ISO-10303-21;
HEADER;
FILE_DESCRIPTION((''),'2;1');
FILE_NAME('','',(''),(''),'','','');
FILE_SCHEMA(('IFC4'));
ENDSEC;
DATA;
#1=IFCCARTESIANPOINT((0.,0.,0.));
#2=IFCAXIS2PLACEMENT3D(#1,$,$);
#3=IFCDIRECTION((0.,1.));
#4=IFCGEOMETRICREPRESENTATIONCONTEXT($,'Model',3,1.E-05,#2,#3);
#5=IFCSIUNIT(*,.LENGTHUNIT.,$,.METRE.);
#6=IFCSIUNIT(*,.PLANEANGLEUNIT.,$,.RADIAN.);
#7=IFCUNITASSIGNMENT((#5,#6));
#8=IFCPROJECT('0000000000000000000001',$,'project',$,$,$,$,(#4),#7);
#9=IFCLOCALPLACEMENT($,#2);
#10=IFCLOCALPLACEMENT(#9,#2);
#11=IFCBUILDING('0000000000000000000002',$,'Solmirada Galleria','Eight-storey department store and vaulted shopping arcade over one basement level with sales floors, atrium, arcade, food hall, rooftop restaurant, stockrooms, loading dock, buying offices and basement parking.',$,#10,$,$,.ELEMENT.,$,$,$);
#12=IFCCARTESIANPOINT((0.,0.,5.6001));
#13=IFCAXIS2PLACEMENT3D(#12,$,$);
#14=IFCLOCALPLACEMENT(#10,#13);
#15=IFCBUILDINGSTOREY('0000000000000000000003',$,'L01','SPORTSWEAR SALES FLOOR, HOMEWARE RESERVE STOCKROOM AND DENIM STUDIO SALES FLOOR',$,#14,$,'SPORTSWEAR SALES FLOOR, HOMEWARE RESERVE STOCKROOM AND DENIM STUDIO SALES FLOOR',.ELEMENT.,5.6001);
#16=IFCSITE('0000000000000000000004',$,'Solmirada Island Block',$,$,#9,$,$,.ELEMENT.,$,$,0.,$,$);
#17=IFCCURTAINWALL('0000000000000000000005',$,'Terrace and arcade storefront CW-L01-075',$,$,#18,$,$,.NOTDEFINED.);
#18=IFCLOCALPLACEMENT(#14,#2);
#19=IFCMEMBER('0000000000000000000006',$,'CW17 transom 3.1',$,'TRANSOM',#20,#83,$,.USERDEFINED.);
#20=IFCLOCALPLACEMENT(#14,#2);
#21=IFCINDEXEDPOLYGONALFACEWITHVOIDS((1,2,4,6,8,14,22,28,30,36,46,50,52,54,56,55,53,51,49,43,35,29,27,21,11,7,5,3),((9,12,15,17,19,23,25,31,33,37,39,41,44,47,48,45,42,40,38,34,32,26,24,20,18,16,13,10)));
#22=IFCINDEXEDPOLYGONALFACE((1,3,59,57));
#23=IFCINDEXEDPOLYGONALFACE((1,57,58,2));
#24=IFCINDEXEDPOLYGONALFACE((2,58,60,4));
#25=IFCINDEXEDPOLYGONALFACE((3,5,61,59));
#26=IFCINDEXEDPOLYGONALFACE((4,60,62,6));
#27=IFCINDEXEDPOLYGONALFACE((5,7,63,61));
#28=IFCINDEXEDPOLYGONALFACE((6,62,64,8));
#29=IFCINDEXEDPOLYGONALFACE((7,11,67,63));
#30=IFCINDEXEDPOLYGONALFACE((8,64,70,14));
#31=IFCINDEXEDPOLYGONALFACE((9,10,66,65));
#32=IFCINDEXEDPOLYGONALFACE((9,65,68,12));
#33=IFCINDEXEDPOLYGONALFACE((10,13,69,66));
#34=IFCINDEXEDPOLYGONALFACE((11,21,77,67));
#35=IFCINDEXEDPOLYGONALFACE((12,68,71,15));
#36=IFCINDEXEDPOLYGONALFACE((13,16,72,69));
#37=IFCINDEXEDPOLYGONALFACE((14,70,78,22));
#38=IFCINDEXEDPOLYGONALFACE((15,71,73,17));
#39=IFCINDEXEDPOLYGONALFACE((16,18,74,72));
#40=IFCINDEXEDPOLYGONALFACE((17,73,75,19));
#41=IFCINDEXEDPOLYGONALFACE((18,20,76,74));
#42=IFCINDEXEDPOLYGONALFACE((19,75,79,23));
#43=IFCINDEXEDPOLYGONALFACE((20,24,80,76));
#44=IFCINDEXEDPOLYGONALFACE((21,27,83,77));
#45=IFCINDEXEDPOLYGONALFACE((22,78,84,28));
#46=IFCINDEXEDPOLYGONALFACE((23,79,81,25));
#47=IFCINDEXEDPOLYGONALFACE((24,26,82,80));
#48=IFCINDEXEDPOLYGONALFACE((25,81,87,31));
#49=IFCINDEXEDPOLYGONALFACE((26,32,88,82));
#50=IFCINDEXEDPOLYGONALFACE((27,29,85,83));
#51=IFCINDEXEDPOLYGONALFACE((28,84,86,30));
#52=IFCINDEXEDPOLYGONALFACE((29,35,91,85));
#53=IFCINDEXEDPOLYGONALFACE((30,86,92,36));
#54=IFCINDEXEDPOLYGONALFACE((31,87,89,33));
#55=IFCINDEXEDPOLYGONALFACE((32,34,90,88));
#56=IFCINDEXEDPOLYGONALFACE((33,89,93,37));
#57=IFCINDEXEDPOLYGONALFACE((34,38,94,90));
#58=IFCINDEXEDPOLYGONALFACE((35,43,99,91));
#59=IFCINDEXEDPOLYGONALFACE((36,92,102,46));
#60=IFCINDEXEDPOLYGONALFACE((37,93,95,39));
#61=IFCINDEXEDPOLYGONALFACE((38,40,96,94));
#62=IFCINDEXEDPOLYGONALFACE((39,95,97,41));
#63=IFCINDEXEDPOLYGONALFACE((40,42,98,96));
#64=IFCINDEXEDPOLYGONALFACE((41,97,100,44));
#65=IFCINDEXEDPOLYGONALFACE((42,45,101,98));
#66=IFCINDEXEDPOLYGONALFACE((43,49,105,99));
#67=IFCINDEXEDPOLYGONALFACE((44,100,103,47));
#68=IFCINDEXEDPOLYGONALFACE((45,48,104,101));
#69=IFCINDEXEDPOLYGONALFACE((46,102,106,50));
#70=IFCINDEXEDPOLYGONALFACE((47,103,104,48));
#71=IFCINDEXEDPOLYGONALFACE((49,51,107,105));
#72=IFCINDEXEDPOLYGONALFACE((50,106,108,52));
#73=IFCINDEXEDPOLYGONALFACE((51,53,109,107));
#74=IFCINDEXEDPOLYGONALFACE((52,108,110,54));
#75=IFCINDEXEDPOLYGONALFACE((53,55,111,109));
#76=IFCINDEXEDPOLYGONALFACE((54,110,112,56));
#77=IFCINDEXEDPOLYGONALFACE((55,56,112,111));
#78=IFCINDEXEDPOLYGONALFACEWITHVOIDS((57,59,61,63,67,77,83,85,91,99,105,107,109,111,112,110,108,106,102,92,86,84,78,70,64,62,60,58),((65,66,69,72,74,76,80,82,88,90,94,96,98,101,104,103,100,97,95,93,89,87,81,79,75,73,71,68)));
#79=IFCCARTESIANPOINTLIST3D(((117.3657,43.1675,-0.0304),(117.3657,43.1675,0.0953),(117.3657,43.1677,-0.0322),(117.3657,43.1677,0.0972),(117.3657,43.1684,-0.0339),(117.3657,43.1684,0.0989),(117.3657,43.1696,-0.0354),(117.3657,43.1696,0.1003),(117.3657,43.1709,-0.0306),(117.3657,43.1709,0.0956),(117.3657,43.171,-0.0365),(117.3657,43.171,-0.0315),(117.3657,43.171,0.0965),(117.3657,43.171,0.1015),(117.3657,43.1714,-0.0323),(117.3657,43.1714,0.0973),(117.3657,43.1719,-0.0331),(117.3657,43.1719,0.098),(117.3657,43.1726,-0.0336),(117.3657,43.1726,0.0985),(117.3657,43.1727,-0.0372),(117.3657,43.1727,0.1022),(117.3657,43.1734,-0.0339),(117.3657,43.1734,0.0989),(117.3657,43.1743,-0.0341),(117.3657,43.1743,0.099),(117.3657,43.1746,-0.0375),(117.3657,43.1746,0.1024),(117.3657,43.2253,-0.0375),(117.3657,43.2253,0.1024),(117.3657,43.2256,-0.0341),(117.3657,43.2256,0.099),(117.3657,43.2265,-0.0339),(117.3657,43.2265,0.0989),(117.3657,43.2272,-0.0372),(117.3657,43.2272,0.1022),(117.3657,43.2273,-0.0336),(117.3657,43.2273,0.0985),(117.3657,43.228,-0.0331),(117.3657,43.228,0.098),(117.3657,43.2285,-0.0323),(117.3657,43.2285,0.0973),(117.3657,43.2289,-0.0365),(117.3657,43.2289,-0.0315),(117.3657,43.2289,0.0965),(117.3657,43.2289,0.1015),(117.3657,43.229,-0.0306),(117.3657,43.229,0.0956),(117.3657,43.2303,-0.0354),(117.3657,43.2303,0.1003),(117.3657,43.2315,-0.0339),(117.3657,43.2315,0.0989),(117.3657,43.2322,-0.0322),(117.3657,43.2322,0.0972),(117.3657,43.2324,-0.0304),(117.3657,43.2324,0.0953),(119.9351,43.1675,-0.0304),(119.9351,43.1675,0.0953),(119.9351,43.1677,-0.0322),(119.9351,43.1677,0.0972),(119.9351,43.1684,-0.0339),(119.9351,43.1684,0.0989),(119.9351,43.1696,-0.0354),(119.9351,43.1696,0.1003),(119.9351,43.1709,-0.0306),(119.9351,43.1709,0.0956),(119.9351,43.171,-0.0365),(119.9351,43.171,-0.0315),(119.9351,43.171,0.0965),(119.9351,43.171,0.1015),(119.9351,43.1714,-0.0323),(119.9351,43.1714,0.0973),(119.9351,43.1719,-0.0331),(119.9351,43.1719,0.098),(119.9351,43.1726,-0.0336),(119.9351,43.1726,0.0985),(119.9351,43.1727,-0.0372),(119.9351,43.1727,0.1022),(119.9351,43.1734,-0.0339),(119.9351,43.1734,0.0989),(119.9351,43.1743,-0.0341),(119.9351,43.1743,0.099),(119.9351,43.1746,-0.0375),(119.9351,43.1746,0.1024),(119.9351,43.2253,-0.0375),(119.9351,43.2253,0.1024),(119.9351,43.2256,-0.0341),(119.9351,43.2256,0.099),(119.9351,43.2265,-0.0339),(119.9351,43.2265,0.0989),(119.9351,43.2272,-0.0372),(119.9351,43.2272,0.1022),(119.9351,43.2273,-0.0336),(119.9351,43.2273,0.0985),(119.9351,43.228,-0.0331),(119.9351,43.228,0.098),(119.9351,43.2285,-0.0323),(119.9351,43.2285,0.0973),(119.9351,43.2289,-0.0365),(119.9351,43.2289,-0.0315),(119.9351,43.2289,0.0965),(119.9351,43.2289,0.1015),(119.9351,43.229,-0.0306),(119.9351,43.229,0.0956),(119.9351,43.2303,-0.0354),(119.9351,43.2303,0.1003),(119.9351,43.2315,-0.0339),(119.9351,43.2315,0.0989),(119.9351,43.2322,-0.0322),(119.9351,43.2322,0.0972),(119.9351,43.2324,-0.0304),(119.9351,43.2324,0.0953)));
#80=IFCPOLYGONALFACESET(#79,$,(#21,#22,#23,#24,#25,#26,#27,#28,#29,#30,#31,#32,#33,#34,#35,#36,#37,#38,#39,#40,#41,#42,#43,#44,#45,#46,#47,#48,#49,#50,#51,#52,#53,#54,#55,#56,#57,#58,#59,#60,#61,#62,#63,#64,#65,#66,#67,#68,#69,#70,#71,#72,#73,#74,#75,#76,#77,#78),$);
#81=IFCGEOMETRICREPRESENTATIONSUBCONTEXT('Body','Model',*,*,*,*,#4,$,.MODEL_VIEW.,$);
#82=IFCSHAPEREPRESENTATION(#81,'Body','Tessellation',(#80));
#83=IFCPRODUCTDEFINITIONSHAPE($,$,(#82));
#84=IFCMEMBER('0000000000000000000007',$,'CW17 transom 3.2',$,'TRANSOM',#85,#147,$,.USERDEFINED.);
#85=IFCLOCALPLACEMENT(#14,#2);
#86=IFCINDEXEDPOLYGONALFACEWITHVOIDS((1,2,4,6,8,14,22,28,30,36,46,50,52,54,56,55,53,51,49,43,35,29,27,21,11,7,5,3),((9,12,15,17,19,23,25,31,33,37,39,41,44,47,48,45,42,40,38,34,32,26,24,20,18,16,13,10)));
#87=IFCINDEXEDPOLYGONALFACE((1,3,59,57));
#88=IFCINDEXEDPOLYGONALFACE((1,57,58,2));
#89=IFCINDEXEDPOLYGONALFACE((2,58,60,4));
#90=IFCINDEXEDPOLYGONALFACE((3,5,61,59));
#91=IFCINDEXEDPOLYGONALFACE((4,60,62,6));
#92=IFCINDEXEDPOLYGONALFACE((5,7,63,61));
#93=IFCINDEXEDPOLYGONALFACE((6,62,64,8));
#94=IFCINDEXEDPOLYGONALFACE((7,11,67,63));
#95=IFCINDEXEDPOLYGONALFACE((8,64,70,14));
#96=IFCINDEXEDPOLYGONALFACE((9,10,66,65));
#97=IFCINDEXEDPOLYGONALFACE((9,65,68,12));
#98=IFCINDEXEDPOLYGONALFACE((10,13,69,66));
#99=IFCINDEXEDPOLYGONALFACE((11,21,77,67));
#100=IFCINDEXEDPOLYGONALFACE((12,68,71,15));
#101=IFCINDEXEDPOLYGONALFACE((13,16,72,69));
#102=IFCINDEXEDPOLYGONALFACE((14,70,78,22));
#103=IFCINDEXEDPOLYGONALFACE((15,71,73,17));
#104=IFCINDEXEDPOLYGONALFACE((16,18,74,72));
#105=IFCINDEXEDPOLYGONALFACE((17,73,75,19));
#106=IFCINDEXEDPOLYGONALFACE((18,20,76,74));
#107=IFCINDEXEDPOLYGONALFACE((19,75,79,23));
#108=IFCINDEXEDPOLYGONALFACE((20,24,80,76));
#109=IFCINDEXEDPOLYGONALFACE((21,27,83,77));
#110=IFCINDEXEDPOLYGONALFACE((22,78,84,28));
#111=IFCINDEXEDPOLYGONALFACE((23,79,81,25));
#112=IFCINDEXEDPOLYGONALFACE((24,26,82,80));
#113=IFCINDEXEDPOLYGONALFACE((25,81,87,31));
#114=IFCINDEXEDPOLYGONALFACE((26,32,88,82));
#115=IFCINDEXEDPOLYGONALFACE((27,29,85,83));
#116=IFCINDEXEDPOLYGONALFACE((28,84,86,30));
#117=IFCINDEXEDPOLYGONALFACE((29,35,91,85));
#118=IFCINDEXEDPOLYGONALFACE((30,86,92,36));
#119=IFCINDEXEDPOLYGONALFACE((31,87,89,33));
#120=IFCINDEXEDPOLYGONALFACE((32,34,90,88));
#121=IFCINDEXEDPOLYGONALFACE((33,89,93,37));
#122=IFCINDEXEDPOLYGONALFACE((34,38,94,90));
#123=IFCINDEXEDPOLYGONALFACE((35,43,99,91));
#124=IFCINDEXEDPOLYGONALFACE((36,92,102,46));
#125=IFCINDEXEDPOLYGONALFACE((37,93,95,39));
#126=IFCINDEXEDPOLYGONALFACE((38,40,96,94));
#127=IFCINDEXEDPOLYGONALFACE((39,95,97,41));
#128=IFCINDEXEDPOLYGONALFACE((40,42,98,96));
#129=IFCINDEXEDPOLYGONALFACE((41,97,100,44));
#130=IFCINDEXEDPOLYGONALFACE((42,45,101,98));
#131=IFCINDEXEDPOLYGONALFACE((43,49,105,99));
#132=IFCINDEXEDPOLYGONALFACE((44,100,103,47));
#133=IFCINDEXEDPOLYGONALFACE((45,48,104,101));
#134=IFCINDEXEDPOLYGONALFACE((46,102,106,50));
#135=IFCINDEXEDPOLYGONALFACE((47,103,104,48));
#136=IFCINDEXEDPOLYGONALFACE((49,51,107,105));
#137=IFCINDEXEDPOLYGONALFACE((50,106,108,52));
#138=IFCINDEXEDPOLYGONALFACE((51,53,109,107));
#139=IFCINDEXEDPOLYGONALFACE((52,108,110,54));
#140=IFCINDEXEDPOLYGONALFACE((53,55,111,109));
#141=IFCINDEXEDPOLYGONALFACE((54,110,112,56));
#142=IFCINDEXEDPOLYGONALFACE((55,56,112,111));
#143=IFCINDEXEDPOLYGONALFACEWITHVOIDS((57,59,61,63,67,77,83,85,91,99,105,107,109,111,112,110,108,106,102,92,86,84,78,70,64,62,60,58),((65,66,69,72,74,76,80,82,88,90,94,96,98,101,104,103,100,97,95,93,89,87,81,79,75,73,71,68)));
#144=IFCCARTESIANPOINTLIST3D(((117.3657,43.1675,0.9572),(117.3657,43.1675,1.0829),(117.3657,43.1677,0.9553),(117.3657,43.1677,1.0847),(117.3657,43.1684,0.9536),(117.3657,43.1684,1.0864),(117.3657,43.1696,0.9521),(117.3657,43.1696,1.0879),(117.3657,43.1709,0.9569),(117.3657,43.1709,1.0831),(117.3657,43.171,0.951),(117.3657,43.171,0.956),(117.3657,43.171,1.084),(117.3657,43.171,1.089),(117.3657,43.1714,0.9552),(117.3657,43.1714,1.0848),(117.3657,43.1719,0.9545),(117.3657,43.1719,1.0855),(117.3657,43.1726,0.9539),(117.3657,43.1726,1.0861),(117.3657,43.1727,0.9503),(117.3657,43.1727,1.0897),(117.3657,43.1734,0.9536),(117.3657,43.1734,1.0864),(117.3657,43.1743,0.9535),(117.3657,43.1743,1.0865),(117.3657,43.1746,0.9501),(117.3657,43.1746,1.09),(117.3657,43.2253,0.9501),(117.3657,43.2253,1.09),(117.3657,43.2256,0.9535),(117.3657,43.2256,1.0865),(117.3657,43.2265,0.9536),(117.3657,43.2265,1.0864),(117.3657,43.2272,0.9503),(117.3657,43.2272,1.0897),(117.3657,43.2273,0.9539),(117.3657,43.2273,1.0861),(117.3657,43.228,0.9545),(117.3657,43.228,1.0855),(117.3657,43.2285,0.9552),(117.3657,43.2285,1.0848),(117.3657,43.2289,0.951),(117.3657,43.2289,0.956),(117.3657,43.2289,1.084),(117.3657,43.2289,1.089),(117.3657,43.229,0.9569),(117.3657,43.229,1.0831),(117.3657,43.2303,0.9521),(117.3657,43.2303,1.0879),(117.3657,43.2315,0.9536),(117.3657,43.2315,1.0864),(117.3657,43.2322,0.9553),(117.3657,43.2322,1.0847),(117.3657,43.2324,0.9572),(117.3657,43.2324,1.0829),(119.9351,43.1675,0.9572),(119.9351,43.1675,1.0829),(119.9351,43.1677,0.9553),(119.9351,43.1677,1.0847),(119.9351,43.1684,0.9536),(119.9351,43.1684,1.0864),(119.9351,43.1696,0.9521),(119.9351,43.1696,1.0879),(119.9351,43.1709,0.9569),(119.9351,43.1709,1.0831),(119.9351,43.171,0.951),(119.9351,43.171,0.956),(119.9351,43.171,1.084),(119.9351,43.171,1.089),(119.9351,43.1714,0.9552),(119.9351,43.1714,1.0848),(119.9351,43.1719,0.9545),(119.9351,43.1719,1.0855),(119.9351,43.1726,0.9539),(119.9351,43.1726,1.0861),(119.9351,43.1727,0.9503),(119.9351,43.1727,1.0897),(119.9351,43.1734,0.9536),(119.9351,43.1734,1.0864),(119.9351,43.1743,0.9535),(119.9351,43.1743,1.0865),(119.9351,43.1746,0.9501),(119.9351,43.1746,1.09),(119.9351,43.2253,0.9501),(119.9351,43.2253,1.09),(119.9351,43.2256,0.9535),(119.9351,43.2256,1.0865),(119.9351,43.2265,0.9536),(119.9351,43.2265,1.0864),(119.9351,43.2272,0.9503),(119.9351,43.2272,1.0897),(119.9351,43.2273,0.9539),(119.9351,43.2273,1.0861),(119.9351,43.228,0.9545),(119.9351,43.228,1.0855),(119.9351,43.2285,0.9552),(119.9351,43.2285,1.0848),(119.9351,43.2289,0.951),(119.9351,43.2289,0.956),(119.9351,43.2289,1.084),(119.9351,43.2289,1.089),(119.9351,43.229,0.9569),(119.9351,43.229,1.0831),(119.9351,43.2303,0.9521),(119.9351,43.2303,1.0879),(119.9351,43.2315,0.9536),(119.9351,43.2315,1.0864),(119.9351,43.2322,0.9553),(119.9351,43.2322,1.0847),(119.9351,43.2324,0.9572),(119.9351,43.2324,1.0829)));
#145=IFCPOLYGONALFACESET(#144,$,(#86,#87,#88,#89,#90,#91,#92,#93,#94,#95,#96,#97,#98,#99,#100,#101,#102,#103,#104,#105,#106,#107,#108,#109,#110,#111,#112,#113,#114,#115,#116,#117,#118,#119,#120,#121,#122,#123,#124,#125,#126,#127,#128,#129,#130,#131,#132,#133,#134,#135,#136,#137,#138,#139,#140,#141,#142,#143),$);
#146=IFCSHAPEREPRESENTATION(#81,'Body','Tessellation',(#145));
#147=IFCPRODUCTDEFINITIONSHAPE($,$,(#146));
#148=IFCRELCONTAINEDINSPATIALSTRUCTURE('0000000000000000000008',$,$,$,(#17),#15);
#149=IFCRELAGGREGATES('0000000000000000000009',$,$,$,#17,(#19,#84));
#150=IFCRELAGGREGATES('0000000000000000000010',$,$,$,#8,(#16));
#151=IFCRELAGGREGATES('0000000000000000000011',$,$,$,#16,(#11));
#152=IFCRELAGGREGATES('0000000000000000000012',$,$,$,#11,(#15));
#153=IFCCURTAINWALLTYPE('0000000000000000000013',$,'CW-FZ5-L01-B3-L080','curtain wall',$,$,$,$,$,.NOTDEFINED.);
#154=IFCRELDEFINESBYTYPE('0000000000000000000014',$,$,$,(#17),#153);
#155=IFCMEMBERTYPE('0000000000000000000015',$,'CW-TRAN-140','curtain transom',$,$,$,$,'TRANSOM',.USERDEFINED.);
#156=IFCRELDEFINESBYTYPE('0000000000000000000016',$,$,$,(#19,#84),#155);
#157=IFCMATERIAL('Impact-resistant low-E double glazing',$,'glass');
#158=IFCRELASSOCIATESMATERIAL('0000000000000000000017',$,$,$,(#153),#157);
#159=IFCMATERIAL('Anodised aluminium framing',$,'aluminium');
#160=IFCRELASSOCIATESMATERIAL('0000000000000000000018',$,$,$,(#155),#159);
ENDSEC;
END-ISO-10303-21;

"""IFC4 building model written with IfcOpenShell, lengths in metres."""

from ifc_helpers import new_model, si_unit, direction, frame, origin, origin_2d, place, context, subcontext, project, spatial, hollow_rectangle, extrude, material, material_profile, profile_set, type_object, element, aggregate, save


model = new_model("IFC4")

# Units and contexts
model_context = context("Model", 3, precision=1e-05, world=origin(), true_north=direction((0.0, 1.0)))
body_context = subcontext(model_context, "Body", "Model", "MODEL_VIEW")
ifc_project = project(units=[si_unit("LENGTHUNIT", "METRE"), si_unit("PLANEANGLEUNIT", "RADIAN")], contexts=[model_context])

# Site, building, storey
site_placement = place(None, origin())
site = spatial("IfcSite", under=ifc_project, at=site_placement, Name="Solmirada Island Block", CompositionType="ELEMENT", RefElevation=0.0)
building_placement = place(site_placement, origin())
building = spatial("IfcBuilding", under=site, at=building_placement, Name="Solmirada Galleria", Description="Eight-storey department store and vaulted shopping arcade over one basement level with sales floors, atrium, arcade, food hall, rooftop restaurant, stockrooms, loading dock, buying offices and basement parking.", CompositionType="ELEMENT")
storey_placement = place(building_placement, frame((0.0, 0.0, 5.6001)))
storey = spatial("IfcBuildingStorey", under=building, at=storey_placement, Name="L01", Description="SPORTSWEAR SALES FLOOR, HOMEWARE RESERVE STOCKROOM AND DENIM STUDIO SALES FLOOR", LongName="SPORTSWEAR SALES FLOOR, HOMEWARE RESERVE STOCKROOM AND DENIM STUDIO SALES FLOOR", CompositionType="ELEMENT", Elevation=5.6001)

# Curtain wall, members
ifc_material_1 = material(Name="Impact-resistant low-E double glazing", Category="glass")
curtain_wall_type = type_object("IfcCurtainWallType", Name="CW-FZ5-L01-B3-L080", Description="curtain wall", PredefinedType="NOTDEFINED", material=ifc_material_1)
curtain_wall_placement = place(storey_placement, origin())
curtain_wall = element("IfcCurtainWall", 1, at=curtain_wall_placement, inside=storey, type_object=curtain_wall_type, Name="Terrace and arcade storefront CW-L01-075", PredefinedType="NOTDEFINED")
ifc_material_2 = material(Name="Anodised aluminium framing", Category="aluminium")
ifc_material_profile_1 = material_profile(ifc_material_2, hollow_rectangle(XDim=0.0649, YDim=0.1399, WallThickness=0.0034, InnerFilletRadius=0.0034, OuterFilletRadius=0.0071, at=origin_2d()), Name="ALU-TRAN-140X65")
ifc_profile_set_1 = profile_set([ifc_material_profile_1], Name="Anodised aluminium framing")
member_type_1 = type_object("IfcMemberType", Name="CW-TRAN-140", Description="curtain transom", ElementType="TRANSOM", PredefinedType="USERDEFINED", material=ifc_profile_set_1)
member_1_placement = place(storey_placement, frame((117.3657, 43.2, 0.0325), z_axis=(1.0, 0.0, 0.0), x_axis=(0.0, 1.0, 0.0)))
member_1 = element("IfcMember", 2, at=member_1_placement, type_object=member_type_1, Name="CW17 transom 3.1", ObjectType="TRANSOM", PredefinedType="USERDEFINED", context=body_context, shape_type="SweptSolid", body=[
    extrude(hollow_rectangle(XDim=0.0649, YDim=0.1399, WallThickness=0.0034, InnerFilletRadius=0.0034, OuterFilletRadius=0.0071, at=origin_2d()), origin(), (0.0, 0.0, 1.0), 2.5693),
])
member_2_placement = place(storey_placement, frame((117.3657, 43.2, 1.02), z_axis=(1.0, 0.0, 0.0), x_axis=(0.0, 1.0, 0.0)))
member_2 = element("IfcMember", 3, at=member_2_placement, type_object=member_type_1, Name="CW17 transom 3.2", ObjectType="TRANSOM", PredefinedType="USERDEFINED", context=body_context, shape_type="SweptSolid", body=[
    extrude(hollow_rectangle(XDim=0.0649, YDim=0.1399, WallThickness=0.0034, InnerFilletRadius=0.0034, OuterFilletRadius=0.0071, at=origin_2d()), origin(), (0.0, 0.0, 1.0), 2.5693),
])
aggregate(curtain_wall, [member_1, member_2])

save(model, "model.ifc")
